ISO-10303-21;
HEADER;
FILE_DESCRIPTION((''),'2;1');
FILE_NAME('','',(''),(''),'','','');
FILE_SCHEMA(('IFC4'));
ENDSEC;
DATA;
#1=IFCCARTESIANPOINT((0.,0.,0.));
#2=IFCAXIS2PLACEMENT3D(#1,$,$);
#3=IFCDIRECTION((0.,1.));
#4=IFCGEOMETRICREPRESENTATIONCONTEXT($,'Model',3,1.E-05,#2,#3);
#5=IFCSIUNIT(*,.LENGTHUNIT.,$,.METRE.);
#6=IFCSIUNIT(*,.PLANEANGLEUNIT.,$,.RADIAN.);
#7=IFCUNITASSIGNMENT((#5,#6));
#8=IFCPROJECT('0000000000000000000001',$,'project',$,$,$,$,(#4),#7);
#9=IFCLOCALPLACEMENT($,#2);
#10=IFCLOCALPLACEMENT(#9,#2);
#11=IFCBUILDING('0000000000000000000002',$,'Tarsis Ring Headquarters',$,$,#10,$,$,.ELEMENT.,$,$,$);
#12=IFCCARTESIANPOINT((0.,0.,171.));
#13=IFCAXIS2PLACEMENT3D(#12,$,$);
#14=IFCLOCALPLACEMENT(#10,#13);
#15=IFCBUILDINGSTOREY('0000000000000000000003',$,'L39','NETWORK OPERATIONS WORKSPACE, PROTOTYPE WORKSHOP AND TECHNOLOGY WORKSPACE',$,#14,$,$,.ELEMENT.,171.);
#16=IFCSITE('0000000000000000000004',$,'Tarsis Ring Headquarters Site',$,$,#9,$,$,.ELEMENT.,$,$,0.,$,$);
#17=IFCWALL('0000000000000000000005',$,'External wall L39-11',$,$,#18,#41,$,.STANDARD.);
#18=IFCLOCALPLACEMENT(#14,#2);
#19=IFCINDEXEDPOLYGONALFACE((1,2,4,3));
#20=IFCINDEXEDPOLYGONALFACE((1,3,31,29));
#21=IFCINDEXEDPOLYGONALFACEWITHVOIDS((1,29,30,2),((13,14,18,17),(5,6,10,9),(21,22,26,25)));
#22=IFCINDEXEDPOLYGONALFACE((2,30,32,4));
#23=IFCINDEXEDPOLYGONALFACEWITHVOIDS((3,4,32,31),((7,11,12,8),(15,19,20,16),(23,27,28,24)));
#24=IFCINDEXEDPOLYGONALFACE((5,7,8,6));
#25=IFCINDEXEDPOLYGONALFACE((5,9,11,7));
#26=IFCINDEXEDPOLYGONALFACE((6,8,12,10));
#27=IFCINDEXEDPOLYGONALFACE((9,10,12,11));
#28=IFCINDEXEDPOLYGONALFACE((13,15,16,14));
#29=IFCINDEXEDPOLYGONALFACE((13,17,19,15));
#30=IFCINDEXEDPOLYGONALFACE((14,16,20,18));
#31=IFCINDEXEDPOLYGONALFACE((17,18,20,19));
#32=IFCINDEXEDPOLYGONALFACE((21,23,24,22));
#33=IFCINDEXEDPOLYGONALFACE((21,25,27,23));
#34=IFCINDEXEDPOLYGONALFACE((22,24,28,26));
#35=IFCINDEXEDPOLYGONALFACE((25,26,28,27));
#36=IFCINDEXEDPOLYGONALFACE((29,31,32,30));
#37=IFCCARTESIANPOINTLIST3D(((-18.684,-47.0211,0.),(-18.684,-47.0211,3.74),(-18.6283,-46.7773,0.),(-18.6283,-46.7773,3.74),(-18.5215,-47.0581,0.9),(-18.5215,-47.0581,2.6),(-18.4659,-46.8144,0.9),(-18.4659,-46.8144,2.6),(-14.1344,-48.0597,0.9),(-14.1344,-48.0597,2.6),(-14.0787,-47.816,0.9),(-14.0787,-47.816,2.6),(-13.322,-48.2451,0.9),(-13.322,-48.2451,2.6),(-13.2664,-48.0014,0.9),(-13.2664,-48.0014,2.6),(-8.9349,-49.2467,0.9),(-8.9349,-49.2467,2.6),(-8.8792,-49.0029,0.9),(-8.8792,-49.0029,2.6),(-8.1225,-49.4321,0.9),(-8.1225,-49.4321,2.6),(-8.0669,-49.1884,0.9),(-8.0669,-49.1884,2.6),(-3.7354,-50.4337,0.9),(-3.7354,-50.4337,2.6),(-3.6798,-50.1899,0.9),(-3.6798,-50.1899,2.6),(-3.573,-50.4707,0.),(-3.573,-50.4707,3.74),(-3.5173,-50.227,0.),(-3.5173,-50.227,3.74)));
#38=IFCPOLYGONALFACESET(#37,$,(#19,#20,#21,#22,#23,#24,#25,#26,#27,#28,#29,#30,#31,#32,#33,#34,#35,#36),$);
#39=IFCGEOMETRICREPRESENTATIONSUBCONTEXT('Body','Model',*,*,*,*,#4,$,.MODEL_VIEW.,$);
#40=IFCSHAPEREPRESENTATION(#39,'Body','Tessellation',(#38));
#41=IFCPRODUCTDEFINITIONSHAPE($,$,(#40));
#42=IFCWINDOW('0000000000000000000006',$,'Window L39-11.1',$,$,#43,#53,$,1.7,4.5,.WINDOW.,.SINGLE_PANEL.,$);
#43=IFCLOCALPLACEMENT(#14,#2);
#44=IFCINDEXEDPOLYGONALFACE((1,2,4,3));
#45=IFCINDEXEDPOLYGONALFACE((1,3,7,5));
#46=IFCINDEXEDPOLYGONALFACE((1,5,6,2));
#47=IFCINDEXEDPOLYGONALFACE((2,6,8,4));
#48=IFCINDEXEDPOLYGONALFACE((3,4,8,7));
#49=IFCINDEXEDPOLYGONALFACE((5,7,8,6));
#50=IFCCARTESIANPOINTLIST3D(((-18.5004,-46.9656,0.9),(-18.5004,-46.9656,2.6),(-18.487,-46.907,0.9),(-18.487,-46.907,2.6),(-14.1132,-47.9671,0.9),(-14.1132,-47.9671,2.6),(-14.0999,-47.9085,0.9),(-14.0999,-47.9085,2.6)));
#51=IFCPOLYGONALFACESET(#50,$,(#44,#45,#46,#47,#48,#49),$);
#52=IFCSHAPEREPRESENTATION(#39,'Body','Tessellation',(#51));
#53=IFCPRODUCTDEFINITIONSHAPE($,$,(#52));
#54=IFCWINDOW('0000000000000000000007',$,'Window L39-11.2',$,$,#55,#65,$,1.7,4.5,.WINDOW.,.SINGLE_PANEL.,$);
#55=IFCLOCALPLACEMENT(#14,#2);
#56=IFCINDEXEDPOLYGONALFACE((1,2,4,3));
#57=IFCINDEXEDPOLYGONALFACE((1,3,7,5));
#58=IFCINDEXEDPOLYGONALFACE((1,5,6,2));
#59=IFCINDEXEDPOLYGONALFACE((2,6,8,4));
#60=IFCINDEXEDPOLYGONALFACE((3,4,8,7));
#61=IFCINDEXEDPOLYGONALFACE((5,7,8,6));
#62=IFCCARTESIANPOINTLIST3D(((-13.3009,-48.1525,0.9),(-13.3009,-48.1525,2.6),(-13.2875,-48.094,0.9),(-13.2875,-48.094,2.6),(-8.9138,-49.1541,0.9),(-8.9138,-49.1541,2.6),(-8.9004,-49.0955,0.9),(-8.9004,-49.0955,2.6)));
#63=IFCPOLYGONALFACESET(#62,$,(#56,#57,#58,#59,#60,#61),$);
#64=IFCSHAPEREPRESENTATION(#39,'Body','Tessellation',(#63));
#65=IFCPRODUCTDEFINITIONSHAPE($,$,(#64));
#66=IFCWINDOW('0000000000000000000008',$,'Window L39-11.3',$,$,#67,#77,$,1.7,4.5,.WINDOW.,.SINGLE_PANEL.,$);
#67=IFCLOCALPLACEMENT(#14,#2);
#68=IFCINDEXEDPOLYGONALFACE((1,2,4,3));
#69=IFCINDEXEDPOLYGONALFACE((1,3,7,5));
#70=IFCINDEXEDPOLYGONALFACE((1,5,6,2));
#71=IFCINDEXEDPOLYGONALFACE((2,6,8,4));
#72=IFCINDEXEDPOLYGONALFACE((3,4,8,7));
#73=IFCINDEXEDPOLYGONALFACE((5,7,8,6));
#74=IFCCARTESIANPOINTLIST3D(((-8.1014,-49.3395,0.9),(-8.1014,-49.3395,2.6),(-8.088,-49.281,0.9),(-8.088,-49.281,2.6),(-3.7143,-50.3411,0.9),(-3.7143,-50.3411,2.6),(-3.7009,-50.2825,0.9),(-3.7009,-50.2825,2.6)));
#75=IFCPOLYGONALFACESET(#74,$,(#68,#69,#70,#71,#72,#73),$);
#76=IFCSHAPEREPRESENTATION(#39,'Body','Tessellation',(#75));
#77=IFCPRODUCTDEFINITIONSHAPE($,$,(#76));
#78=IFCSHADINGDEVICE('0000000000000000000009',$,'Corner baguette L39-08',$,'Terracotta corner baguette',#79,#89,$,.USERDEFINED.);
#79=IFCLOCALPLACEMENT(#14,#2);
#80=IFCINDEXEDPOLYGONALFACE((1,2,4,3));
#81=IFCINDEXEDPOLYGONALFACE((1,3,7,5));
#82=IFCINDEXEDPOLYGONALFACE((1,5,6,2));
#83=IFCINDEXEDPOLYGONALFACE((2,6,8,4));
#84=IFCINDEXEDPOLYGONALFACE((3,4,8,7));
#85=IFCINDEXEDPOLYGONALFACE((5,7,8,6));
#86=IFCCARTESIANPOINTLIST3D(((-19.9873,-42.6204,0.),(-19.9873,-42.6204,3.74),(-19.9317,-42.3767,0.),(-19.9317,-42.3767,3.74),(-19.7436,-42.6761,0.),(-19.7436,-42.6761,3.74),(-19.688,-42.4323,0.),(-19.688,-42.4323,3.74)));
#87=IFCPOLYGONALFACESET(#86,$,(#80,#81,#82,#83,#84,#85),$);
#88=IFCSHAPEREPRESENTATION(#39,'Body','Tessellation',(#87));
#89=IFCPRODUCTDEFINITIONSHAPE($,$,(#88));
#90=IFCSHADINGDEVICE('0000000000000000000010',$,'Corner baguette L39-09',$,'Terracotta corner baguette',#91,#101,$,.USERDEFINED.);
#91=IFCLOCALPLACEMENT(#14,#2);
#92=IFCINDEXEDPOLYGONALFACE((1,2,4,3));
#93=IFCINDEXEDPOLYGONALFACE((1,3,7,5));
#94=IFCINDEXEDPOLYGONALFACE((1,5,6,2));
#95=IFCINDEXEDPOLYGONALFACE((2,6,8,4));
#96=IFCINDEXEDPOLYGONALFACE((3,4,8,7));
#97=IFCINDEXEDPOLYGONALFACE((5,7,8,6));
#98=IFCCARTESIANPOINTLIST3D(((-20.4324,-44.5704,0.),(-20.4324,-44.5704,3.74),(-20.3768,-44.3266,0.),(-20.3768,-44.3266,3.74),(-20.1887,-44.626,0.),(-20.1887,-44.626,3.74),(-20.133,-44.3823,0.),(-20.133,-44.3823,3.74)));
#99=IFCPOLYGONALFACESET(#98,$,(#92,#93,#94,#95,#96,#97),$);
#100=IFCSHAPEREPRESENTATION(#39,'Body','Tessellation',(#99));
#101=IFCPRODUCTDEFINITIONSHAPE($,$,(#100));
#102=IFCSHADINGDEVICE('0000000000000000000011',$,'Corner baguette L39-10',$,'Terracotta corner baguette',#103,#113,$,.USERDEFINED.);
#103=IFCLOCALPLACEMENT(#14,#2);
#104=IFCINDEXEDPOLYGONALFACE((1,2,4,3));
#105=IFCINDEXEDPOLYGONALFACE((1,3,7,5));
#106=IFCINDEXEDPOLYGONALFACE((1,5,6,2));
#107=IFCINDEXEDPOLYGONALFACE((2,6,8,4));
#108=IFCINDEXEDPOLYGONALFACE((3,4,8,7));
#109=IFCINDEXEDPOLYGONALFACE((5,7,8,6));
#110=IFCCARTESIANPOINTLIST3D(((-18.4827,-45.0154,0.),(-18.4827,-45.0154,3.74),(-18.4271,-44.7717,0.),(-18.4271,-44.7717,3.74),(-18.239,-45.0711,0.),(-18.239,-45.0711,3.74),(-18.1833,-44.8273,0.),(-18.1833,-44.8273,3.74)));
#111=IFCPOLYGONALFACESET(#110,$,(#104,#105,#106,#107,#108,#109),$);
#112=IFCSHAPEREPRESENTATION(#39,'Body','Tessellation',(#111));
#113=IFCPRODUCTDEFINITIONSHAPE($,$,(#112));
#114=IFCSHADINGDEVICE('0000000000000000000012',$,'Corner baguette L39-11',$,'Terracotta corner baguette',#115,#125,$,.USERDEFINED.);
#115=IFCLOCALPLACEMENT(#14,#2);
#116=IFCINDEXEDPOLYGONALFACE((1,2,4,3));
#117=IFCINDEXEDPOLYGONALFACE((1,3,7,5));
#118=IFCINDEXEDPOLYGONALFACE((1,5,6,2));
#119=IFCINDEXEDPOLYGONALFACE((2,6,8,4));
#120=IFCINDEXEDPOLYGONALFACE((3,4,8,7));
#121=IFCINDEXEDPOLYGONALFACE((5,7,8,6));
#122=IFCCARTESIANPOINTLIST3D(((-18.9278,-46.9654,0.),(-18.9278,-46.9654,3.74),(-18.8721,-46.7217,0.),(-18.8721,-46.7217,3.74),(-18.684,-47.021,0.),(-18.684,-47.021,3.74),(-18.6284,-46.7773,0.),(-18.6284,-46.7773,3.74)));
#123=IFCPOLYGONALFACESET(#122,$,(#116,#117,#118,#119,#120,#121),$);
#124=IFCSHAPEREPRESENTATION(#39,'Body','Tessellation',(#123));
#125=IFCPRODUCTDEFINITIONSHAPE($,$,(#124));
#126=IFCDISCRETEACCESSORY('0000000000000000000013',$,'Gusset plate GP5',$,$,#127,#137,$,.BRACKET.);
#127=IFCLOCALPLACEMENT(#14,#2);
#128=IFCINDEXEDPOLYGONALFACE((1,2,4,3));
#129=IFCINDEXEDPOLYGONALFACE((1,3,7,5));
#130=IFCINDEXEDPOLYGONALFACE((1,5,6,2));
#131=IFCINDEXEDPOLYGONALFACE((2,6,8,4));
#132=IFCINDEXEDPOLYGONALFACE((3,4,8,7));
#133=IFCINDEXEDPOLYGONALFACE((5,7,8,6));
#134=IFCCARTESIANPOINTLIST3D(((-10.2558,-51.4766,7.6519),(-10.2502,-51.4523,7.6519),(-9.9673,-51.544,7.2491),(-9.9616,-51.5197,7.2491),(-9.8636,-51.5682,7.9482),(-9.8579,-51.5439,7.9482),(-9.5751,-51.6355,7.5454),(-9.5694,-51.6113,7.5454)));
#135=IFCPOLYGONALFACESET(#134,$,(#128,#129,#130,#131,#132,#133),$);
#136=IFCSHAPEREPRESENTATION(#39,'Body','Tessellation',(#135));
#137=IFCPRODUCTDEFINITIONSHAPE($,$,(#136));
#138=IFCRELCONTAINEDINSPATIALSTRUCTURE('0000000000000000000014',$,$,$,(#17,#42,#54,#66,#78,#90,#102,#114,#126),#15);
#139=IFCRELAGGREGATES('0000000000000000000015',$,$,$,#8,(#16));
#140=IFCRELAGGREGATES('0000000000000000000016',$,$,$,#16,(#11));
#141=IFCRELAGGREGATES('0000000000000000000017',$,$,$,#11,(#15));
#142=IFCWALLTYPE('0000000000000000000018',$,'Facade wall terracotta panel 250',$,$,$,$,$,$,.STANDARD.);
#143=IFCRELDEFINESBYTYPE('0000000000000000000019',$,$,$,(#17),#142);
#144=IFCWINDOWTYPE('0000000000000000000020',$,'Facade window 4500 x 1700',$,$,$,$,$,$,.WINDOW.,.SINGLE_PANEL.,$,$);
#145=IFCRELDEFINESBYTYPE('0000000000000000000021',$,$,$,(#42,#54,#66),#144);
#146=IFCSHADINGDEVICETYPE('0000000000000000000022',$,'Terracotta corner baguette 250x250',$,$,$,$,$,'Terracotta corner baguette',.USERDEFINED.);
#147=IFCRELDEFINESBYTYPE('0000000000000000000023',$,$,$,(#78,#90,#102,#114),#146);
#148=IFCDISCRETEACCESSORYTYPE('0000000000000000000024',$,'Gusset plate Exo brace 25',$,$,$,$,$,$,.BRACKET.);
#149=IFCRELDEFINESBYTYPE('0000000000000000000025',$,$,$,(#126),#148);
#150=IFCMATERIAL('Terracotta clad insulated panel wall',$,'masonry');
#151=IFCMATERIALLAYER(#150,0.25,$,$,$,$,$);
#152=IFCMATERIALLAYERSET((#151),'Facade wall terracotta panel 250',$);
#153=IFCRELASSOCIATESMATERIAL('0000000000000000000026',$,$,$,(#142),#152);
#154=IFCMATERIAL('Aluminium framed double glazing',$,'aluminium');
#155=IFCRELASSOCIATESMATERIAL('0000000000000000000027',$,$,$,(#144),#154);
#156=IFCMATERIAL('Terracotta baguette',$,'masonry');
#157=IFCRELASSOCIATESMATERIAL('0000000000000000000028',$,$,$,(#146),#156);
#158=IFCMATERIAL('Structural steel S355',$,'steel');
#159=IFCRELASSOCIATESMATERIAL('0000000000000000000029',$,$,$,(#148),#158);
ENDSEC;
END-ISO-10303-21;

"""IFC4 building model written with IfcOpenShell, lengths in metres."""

from ifc_helpers import new_model, si_unit, direction, frame, frame_2d, origin, origin_2d, place, context, subcontext, project, spatial, rectangle, extrude, material, layer, layer_set, material_profile, profile_set, type_object, element, fill, save


model = new_model("IFC4")

# Units and contexts
model_context = context("Model", 3, precision=1e-05, world=origin(), true_north=direction((0.0, 1.0)))
body_context = subcontext(model_context, "Body", "Model", "MODEL_VIEW")
ifc_project = project(units=[si_unit("LENGTHUNIT", "METRE"), si_unit("PLANEANGLEUNIT", "RADIAN")], contexts=[model_context])

# Site, building, storey
site_placement = place(None, origin())
site = spatial("IfcSite", under=ifc_project, at=site_placement, Name="Tarsis Ring Headquarters Site", CompositionType="ELEMENT", RefElevation=0.0)
building_placement = place(site_placement, origin())
building = spatial("IfcBuilding", under=site, at=building_placement, Name="Tarsis Ring Headquarters", CompositionType="ELEMENT")
storey_placement = place(building_placement, frame((0.0, 0.0, 171.0)))
storey = spatial("IfcBuildingStorey", under=building, at=storey_placement, Name="L39", Description="NETWORK OPERATIONS WORKSPACE, PROTOTYPE WORKSHOP AND TECHNOLOGY WORKSPACE", CompositionType="ELEMENT", Elevation=171.0)

# Shared definitions
ifc_material_1 = material(Name="Structural steel S355", Category="steel")

# Shared definitions
ifc_material_2 = material(Name="Terracotta clad insulated panel wall", Category="masonry")
ifc_layer_1 = layer(ifc_material_2, 0.25)
ifc_layer_set_1 = layer_set([ifc_layer_1], Name="Facade wall terracotta panel 250")
wall_type_1 = type_object("IfcWallType", Name="Facade wall terracotta panel 250", PredefinedType="STANDARD", material=ifc_layer_set_1)

# Wall, openings, windows
wall_1_placement = place(storey_placement, frame((-18.6562, -46.8992, 0.0), z_axis=(0.0, 0.0, 1.0), x_axis=(0.974918, -0.222564, 0.0)))
wall_1 = element("IfcWall", 1, at=wall_1_placement, inside=storey, type_object=wall_type_1, Name="External wall L39-11", PredefinedType="STANDARD", context=body_context, shape_type="SweptSolid", body=[
    extrude(rectangle(XDim=15.4998, YDim=0.25, at=frame_2d((7.75, 0.0))), origin(), (0.0, 0.0, 1.0), 3.74),
])
opening_1_placement = place(wall_1_placement, frame((0.1667, 0.0, 0.8999)))
opening_1 = element("IfcOpeningElement", 2, at=opening_1_placement, cuts=wall_1, PredefinedType="OPENING", context=body_context, shape_type="SweptSolid", body=[
    extrude(rectangle(XDim=4.5, YDim=1.7, at=frame_2d((2.25, 0.8501))), frame((0.0, 0.135, 0.0), z_axis=(0.0, -1.0, 0.0), x_axis=(1.0, 0.0, 0.0)), (0.0, 0.0, 1.0), 0.27),
])
opening_2_placement = place(wall_1_placement, frame((5.5, 0.0, 0.8999)))
opening_2 = element("IfcOpeningElement", 3, at=opening_2_placement, cuts=wall_1, PredefinedType="OPENING", context=body_context, shape_type="SweptSolid", body=[
    extrude(rectangle(XDim=4.5, YDim=1.7, at=frame_2d((2.25, 0.8501))), frame((0.0, 0.135, 0.0), z_axis=(0.0, -1.0, 0.0), x_axis=(1.0, 0.0, 0.0)), (0.0, 0.0, 1.0), 0.27),
])
opening_3_placement = place(wall_1_placement, frame((10.8333, 0.0, 0.8999)))
opening_3 = element("IfcOpeningElement", 4, at=opening_3_placement, cuts=wall_1, PredefinedType="OPENING", context=body_context, shape_type="SweptSolid", body=[
    extrude(rectangle(XDim=4.5, YDim=1.7, at=frame_2d((2.25, 0.8501))), frame((0.0, 0.135, 0.0), z_axis=(0.0, -1.0, 0.0), x_axis=(1.0, 0.0, 0.0)), (0.0, 0.0, 1.0), 0.27),
])
ifc_material_3 = material(Name="Aluminium framed double glazing", Category="aluminium")
window_type = type_object("IfcWindowType", Name="Facade window 4500 x 1700", PartitioningType="SINGLE_PANEL", PredefinedType="WINDOW", material=ifc_material_3)
window_1_placement = place(opening_1_placement, origin())
window_1 = element("IfcWindow", 5, at=window_1_placement, inside=storey, type_object=window_type, Name="Window L39-11.1", OverallHeight=1.7, OverallWidth=4.5, PartitioningType="SINGLE_PANEL", PredefinedType="WINDOW", context=body_context, shape_type="SweptSolid", body=[
    extrude(rectangle(XDim=4.5, YDim=1.7, at=frame_2d((2.25, 0.8501))), frame((0.0, 0.03, 0.0), z_axis=(0.0, -1.0, 0.0), x_axis=(1.0, 0.0, 0.0)), (0.0, 0.0, 1.0), 0.0601),
])
fill(opening_1, window_1)
window_2_placement = place(opening_2_placement, origin())
window_2 = element("IfcWindow", 6, at=window_2_placement, inside=storey, type_object=window_type, Name="Window L39-11.2", OverallHeight=1.7, OverallWidth=4.5, PartitioningType="SINGLE_PANEL", PredefinedType="WINDOW", context=body_context, shape_type="SweptSolid", body=[
    extrude(rectangle(XDim=4.5, YDim=1.7, at=frame_2d((2.25, 0.8501))), frame((0.0, 0.03, 0.0), z_axis=(0.0, -1.0, 0.0), x_axis=(1.0, 0.0, 0.0)), (0.0, 0.0, 1.0), 0.0601),
])
fill(opening_2, window_2)
window_3_placement = place(opening_3_placement, origin())
window_3 = element("IfcWindow", 7, at=window_3_placement, inside=storey, type_object=window_type, Name="Window L39-11.3", OverallHeight=1.7, OverallWidth=4.5, PartitioningType="SINGLE_PANEL", PredefinedType="WINDOW", context=body_context, shape_type="SweptSolid", body=[
    extrude(rectangle(XDim=4.5, YDim=1.7, at=frame_2d((2.25, 0.8501))), frame((0.0, 0.03, 0.0), z_axis=(0.0, -1.0, 0.0), x_axis=(1.0, 0.0, 0.0)), (0.0, 0.0, 1.0), 0.0601),
])
fill(opening_3, window_3)

# Shading devices
ifc_material_4 = material(Name="Terracotta baguette", Category="masonry")
shading_device_type_1 = type_object("IfcShadingDeviceType", Name="Terracotta corner baguette 250x250", ElementType="Terracotta corner baguette", PredefinedType="USERDEFINED", material=ifc_material_4)
for number, where, z_axis, x_axis, name in (
    (8, (-19.8376, -42.5264, 0.0), (0.0, 0.0, 1.0), (0.974917, -0.222569, 0.0), "Corner baguette L39-08"),
    (9, (-20.2827, -44.4763, 0.0), (0.0, 0.0, 1.0), (-0.22257, -0.974917, 0.0), "Corner baguette L39-09"),
    (10, (-18.333, -44.9214, 0.0), (0.0, 0.0, 1.0), (0.974917, -0.22257, 0.0), "Corner baguette L39-10"),
    (11, (-18.7781, -46.8713, 0.0), (0.0, 0.0, 1.0), (-0.222569, -0.974917, 0.0), "Corner baguette L39-11"),
):
    element("IfcShadingDevice", number, at=place(storey_placement, frame(where, z_axis=z_axis, x_axis=x_axis)), inside=storey, type_object=shading_device_type_1, Name=name, ObjectType="Terracotta corner baguette", PredefinedType="USERDEFINED", context=body_context, shape_type="SweptSolid", body=[
        extrude(rectangle(XDim=0.25, YDim=0.25, at=origin_2d()), origin(), (0.0, 0.0, 1.0), 3.74),
    ])

# Discrete accessory
ifc_material_profile_1 = material_profile(ifc_material_1, rectangle(XDim=0.0249, YDim=0.5, at=origin_2d()), Name="PL 25x500")
ifc_profile_set_1 = profile_set([ifc_material_profile_1], Name="Structural steel S355")
discrete_accessory_type = type_object("IfcDiscreteAccessoryType", Name="Gusset plate Exo brace 25", PredefinedType="BRACKET", material=ifc_profile_set_1)
discrete_accessory_placement = place(storey_placement, frame((-10.0569, -51.5103, 7.8), z_axis=(0.577046, -0.134742, -0.80552), x_axis=(0.227386, 0.973805, 0.0)))
element("IfcDiscreteAccessory", 12, at=discrete_accessory_placement, inside=storey, type_object=discrete_accessory_type, Name="Gusset plate GP5", PredefinedType="BRACKET", context=body_context, shape_type="SweptSolid", body=[
    extrude(rectangle(XDim=0.0249, YDim=0.5, at=origin_2d()), origin(), (0.0, 0.0, 1.0), 0.5),
])

save(model, "model.ifc")
